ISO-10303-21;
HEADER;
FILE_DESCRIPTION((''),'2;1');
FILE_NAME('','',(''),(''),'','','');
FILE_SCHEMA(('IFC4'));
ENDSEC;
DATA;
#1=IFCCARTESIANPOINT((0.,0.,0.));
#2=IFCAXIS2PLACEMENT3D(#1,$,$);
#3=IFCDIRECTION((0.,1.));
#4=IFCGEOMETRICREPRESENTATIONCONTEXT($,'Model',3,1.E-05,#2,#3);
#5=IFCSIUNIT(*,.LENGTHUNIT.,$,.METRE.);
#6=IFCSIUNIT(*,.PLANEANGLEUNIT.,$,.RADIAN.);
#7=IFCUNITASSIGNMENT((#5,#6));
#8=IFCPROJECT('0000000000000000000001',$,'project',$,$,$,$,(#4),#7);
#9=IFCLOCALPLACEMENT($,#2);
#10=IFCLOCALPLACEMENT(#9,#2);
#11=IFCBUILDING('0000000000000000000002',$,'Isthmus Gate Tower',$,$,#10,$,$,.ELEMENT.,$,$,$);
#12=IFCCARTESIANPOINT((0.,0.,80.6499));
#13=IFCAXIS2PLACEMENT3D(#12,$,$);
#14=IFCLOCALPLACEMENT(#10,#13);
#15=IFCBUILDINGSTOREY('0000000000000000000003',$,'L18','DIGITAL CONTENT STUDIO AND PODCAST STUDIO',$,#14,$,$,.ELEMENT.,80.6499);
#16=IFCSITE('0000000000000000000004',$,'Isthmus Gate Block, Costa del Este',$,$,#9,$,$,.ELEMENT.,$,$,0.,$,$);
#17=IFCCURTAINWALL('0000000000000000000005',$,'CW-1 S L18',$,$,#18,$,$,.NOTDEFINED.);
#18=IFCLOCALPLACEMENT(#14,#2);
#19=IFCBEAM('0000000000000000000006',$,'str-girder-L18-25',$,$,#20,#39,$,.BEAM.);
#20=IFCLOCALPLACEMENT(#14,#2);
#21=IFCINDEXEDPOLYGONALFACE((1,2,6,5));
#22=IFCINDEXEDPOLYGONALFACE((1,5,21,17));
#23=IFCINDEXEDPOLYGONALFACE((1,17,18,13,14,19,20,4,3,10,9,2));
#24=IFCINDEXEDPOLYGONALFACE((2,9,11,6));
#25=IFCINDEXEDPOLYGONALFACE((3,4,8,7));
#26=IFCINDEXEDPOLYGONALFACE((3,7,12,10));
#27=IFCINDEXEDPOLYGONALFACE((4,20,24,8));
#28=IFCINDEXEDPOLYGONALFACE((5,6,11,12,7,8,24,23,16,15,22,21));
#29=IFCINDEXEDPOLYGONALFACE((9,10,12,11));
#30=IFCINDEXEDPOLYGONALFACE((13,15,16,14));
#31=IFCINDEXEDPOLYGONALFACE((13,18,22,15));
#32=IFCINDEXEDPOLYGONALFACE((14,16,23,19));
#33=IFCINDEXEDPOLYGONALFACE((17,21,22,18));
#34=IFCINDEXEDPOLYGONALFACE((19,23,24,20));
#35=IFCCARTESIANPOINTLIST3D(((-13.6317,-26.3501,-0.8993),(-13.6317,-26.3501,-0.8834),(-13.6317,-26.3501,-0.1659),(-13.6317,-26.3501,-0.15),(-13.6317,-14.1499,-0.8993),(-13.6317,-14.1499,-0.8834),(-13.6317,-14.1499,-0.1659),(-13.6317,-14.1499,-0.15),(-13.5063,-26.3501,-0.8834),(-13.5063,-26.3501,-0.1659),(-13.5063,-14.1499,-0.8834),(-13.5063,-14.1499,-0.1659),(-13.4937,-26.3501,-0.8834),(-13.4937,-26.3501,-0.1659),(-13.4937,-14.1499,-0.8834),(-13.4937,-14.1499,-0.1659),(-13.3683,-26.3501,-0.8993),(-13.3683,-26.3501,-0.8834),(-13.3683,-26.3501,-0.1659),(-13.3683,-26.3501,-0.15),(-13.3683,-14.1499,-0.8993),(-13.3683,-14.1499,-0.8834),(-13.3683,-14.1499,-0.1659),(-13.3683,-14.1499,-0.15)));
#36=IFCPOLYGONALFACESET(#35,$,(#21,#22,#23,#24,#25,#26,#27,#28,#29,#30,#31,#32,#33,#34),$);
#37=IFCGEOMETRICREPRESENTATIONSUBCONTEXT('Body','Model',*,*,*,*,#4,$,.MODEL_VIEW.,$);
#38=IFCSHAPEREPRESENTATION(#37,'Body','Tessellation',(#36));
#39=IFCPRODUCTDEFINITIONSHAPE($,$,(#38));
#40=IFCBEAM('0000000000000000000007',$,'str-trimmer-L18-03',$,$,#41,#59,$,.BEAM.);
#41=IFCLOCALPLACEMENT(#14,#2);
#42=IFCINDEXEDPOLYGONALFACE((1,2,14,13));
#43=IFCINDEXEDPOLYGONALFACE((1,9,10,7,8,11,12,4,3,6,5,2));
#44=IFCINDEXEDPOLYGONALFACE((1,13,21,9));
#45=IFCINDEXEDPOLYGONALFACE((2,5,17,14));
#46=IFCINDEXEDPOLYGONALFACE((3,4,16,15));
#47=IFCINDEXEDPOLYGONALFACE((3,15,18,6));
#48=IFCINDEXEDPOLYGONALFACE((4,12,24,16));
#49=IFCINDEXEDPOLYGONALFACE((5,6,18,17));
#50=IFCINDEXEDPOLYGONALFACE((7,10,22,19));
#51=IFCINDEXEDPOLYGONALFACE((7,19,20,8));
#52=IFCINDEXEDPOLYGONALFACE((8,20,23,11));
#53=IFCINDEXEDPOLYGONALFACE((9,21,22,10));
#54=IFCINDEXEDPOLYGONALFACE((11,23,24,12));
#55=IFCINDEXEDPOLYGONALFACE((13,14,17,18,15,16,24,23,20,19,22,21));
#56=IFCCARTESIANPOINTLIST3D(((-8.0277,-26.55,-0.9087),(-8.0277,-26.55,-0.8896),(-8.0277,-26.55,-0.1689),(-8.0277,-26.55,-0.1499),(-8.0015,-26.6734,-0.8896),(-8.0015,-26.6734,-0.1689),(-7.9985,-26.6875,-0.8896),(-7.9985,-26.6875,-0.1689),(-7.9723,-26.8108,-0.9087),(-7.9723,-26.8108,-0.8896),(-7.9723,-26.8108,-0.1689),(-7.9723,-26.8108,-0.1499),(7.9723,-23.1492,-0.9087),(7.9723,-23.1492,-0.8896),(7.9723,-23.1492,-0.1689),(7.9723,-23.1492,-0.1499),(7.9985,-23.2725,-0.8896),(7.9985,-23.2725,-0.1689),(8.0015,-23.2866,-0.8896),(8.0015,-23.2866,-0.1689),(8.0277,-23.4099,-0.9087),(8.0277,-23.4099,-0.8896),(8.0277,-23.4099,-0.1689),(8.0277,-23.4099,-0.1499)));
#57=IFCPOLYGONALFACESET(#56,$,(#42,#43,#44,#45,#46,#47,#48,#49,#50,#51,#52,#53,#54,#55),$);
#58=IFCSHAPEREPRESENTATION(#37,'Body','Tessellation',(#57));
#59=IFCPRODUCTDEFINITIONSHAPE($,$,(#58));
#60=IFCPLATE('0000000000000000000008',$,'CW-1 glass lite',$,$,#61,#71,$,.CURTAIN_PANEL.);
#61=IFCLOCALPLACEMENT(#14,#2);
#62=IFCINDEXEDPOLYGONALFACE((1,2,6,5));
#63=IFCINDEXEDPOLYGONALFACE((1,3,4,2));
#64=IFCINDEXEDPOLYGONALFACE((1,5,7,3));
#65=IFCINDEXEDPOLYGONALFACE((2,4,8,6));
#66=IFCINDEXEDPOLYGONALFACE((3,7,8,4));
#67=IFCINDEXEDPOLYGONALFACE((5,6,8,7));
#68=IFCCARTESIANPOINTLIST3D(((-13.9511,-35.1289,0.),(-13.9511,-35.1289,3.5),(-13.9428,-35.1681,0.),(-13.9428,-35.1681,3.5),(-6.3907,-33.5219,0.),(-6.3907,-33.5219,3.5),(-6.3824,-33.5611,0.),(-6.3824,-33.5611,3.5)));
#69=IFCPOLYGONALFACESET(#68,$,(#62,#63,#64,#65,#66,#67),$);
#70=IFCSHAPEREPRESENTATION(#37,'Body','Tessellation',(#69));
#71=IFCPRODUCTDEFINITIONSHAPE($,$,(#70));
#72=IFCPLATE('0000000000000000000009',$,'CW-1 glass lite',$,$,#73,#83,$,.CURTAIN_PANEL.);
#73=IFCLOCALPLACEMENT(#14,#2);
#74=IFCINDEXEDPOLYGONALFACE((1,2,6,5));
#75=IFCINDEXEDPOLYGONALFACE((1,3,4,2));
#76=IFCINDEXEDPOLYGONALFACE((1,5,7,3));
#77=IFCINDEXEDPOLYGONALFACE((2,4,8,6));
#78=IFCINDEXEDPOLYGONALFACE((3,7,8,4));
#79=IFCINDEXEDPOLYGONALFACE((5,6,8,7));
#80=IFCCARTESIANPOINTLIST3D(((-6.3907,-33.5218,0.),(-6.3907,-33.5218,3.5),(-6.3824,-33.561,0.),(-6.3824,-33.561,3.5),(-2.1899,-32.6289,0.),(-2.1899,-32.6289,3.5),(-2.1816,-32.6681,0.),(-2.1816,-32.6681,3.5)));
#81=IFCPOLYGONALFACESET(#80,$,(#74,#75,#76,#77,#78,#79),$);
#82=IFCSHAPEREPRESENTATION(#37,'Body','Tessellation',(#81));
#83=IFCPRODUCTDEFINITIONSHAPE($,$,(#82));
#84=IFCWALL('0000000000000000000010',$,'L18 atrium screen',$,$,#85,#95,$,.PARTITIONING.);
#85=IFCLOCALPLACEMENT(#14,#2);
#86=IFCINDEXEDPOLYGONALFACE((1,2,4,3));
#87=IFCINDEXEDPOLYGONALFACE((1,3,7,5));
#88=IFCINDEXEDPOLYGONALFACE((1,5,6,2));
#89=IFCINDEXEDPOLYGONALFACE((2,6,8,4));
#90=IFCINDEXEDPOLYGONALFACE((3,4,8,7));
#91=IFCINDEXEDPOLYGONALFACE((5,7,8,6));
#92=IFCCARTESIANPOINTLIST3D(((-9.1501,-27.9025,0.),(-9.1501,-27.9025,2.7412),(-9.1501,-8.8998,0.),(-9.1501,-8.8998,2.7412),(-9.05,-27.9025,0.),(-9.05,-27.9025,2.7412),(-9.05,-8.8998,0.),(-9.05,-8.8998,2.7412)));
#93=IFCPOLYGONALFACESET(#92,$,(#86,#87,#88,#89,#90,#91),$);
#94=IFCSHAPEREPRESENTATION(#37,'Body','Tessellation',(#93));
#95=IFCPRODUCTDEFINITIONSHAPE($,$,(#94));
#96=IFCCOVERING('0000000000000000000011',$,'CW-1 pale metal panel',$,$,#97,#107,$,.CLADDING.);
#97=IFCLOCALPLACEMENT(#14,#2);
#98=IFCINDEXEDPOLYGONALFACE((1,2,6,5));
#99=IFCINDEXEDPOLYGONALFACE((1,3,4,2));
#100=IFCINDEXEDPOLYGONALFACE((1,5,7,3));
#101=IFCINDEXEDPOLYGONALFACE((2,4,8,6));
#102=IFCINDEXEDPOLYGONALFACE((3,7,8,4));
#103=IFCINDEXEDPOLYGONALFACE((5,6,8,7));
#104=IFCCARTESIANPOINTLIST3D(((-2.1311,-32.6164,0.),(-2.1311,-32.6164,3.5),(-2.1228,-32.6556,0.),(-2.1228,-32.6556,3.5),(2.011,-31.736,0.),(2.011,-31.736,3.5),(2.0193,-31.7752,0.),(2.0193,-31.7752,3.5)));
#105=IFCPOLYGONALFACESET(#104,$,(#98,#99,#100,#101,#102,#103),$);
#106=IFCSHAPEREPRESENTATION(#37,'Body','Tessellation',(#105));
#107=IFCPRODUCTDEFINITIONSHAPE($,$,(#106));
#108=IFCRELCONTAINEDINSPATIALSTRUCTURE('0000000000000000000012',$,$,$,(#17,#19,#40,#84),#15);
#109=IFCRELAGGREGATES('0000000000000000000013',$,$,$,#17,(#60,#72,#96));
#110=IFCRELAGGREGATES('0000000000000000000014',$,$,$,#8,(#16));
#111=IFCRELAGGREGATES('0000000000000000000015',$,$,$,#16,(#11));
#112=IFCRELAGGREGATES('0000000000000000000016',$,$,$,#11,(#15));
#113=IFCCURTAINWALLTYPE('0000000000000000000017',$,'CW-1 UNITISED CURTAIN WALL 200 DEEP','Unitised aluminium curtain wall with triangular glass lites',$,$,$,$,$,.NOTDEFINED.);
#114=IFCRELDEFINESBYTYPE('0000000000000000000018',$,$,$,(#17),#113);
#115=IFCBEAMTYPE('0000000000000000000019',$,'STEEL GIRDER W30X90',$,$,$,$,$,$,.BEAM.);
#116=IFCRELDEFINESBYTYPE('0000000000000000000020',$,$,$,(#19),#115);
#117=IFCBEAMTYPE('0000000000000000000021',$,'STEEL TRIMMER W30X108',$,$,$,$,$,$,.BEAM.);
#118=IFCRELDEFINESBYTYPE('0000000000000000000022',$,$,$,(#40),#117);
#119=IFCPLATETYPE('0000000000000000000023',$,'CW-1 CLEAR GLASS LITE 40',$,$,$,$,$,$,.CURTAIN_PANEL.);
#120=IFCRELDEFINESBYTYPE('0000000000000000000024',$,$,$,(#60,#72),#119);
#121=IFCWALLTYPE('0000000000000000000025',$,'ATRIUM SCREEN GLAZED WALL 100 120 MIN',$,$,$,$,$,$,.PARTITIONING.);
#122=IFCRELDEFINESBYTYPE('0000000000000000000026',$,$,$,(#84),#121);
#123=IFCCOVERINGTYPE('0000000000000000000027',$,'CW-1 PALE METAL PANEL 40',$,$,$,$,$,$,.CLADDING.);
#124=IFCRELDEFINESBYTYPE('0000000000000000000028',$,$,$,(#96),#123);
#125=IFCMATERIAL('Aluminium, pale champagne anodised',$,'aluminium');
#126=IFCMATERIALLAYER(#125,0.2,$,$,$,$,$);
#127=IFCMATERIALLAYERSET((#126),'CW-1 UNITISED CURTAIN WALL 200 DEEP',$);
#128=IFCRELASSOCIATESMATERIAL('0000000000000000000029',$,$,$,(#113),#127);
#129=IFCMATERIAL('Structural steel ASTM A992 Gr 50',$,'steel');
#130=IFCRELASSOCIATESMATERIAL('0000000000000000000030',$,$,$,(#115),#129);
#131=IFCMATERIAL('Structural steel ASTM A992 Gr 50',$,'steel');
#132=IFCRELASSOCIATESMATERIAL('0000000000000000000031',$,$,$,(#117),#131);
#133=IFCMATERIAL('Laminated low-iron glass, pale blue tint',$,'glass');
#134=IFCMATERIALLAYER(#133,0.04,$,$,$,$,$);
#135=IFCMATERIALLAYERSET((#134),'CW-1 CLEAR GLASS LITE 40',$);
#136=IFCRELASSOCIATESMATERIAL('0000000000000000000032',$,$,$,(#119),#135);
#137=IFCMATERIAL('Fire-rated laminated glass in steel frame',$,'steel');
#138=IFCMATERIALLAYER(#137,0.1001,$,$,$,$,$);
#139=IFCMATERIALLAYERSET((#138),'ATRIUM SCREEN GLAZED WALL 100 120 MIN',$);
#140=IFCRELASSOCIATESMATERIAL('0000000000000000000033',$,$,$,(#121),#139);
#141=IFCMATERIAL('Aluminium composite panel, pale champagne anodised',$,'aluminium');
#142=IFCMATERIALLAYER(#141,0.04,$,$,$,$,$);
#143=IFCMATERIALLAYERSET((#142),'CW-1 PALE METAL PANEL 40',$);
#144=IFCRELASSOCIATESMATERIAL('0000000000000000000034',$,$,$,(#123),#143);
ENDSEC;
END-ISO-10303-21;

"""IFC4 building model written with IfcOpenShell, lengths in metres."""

from ifc_helpers import new_model, si_unit, direction, frame, frame_2d, origin, origin_2d, place, context, subcontext, project, spatial, rectangle, i_section, extrude, material, layer, layer_set, material_profile, profile_set, type_object, element, aggregate, save


model = new_model("IFC4")

# Units and contexts
model_context = context("Model", 3, precision=1e-05, world=origin(), true_north=direction((0.0, 1.0)))
body_context = subcontext(model_context, "Body", "Model", "MODEL_VIEW")
ifc_project = project(units=[si_unit("LENGTHUNIT", "METRE"), si_unit("PLANEANGLEUNIT", "RADIAN")], contexts=[model_context])

# Site, building, storey
site_placement = place(None, origin())
site = spatial("IfcSite", under=ifc_project, at=site_placement, Name="Isthmus Gate Block, Costa del Este", CompositionType="ELEMENT", RefElevation=0.0)
building_placement = place(site_placement, origin())
building = spatial("IfcBuilding", under=site, at=building_placement, Name="Isthmus Gate Tower", CompositionType="ELEMENT")
storey_placement = place(building_placement, frame((0.0, 0.0, 80.6499)))
storey = spatial("IfcBuildingStorey", under=building, at=storey_placement, Name="L18", Description="DIGITAL CONTENT STUDIO AND PODCAST STUDIO", CompositionType="ELEMENT", Elevation=80.6499)

# Curtain wall
ifc_material_1 = material(Name="Aluminium, pale champagne anodised", Category="aluminium")
ifc_layer_1 = layer(ifc_material_1, 0.2)
ifc_layer_set_1 = layer_set([ifc_layer_1], Name="CW-1 UNITISED CURTAIN WALL 200 DEEP")
curtain_wall_type = type_object("IfcCurtainWallType", Name="CW-1 UNITISED CURTAIN WALL 200 DEEP", Description="Unitised aluminium curtain wall with triangular glass lites", PredefinedType="NOTDEFINED", material=ifc_layer_set_1)
curtain_wall_placement = place(storey_placement, origin())
curtain_wall = element("IfcCurtainWall", 1, at=curtain_wall_placement, inside=storey, type_object=curtain_wall_type, Name="CW-1 S L18", PredefinedType="NOTDEFINED")

# Beams
ifc_material_2 = material(Name="Structural steel ASTM A992 Gr 50", Category="steel")
ifc_material_profile_1 = material_profile(ifc_material_2, i_section(OverallWidth=0.2634, OverallDepth=0.7493, WebThickness=0.0127, FlangeThickness=0.0159, at=origin_2d()), Name="W30X90")
ifc_profile_set_1 = profile_set([ifc_material_profile_1], Name="Structural steel ASTM A992 Gr 50")
beam_type_1 = type_object("IfcBeamType", Name="STEEL GIRDER W30X90", PredefinedType="BEAM", material=ifc_profile_set_1)
beam_1_placement = place(storey_placement, frame((-13.5, -26.3501, -0.5247), z_axis=(0.0, 1.0, 0.0), x_axis=(-1.0, 0.0, 0.0)))
element("IfcBeam", 2, at=beam_1_placement, inside=storey, type_object=beam_type_1, Name="str-girder-L18-25", PredefinedType="BEAM", context=body_context, shape_type="SweptSolid", body=[
    extrude(i_section(OverallWidth=0.2634, OverallDepth=0.7493, WebThickness=0.0127, FlangeThickness=0.0159, at=origin_2d()), origin(), (0.0, 0.0, 1.0), 12.2002),
])
ifc_material_3 = material(Name="Structural steel ASTM A992 Gr 50", Category="steel")
ifc_material_profile_2 = material_profile(ifc_material_3, i_section(OverallWidth=0.2666, OverallDepth=0.7588, WebThickness=0.0144, FlangeThickness=0.019, at=origin_2d()), Name="W30X108")
ifc_profile_set_2 = profile_set([ifc_material_profile_2], Name="Structural steel ASTM A992 Gr 50")
beam_type_2 = type_object("IfcBeamType", Name="STEEL TRIMMER W30X108", PredefinedType="BEAM", material=ifc_profile_set_2)
beam_2_placement = place(storey_placement, frame((-8.0, -26.6804, -0.5293), z_axis=(0.978148, 0.20791, 0.0), x_axis=(-0.20791, 0.978148, 0.0)))
element("IfcBeam", 3, at=beam_2_placement, inside=storey, type_object=beam_type_2, Name="str-trimmer-L18-03", PredefinedType="BEAM", context=body_context, shape_type="SweptSolid", body=[
    extrude(i_section(OverallWidth=0.2666, OverallDepth=0.7588, WebThickness=0.0144, FlangeThickness=0.019, at=origin_2d()), origin(), (0.0, 0.0, 1.0), 16.3574),
])

# Plates
ifc_material_4 = material(Name="Laminated low-iron glass, pale blue tint", Category="glass")
ifc_layer_2 = layer(ifc_material_4, 0.04)
ifc_layer_set_2 = layer_set([ifc_layer_2], Name="CW-1 CLEAR GLASS LITE 40")
plate_type = type_object("IfcPlateType", Name="CW-1 CLEAR GLASS LITE 40", PredefinedType="CURTAIN_PANEL", material=ifc_layer_set_2)
plate_1_placement = place(storey_placement, frame((-10.1667, -34.345, 0.0), z_axis=(0.0, 0.0, 1.0), x_axis=(0.978148, 0.207912, 0.0)))
plate_1 = element("IfcPlate", 4, at=plate_1_placement, type_object=plate_type, Name="CW-1 glass lite", PredefinedType="CURTAIN_PANEL", context=body_context, shape_type="SweptSolid", body=[
    extrude(rectangle(XDim=7.7292, YDim=0.04, at=origin_2d()), origin(), (0.0, 0.0, 1.0), 3.5),
])
plate_2_placement = place(storey_placement, frame((-4.2861, -33.095, 0.0), z_axis=(0.0, 0.0, 1.0), x_axis=(0.978148, 0.207912, 0.0)))
plate_2 = element("IfcPlate", 5, at=plate_2_placement, type_object=plate_type, Name="CW-1 glass lite", PredefinedType="CURTAIN_PANEL", context=body_context, shape_type="SweptSolid", body=[
    extrude(rectangle(XDim=4.2947, YDim=0.04, at=origin_2d()), origin(), (0.0, 0.0, 1.0), 3.5),
])

# Wall
ifc_material_5 = material(Name="Fire-rated laminated glass in steel frame", Category="steel")
ifc_layer_3 = layer(ifc_material_5, 0.1001)
ifc_layer_set_3 = layer_set([ifc_layer_3], Name="ATRIUM SCREEN GLAZED WALL 100 120 MIN")
wall_type = type_object("IfcWallType", Name="ATRIUM SCREEN GLAZED WALL 100 120 MIN", PredefinedType="PARTITIONING", material=ifc_layer_set_3)
wall_placement = place(storey_placement, frame((-9.1001, -27.9026, 0.0), z_axis=(0.0, 0.0, 1.0), x_axis=(0.0, 1.0, 0.0)))
element("IfcWall", 6, at=wall_placement, inside=storey, type_object=wall_type, Name="L18 atrium screen", PredefinedType="PARTITIONING", context=body_context, shape_type="SweptSolid", body=[
    extrude(rectangle(XDim=19.0027, YDim=0.1001, at=frame_2d((9.5015, 0.0))), origin(), (0.0, 0.0, 1.0), 2.7412),
])

# Covering
ifc_material_6 = material(Name="Aluminium composite panel, pale champagne anodised", Category="aluminium")
ifc_layer_4 = layer(ifc_material_6, 0.04)
ifc_layer_set_4 = layer_set([ifc_layer_4], Name="CW-1 PALE METAL PANEL 40")
covering_type = type_object("IfcCoveringType", Name="CW-1 PALE METAL PANEL 40", PredefinedType="CLADDING", material=ifc_layer_set_4)
covering_placement = place(storey_placement, frame((-0.0559, -32.1958, 0.0), z_axis=(0.0, 0.0, 1.0), x_axis=(0.978148, 0.207912, 0.0)))
covering = element("IfcCovering", 7, at=covering_placement, type_object=covering_type, Name="CW-1 pale metal panel", PredefinedType="CLADDING", context=body_context, shape_type="SweptSolid", body=[
    extrude(rectangle(XDim=4.2346, YDim=0.04, at=origin_2d()), origin(), (0.0, 0.0, 1.0), 3.5),
])
aggregate(curtain_wall, [plate_1, plate_2, covering])

save(model, "model.ifc")
